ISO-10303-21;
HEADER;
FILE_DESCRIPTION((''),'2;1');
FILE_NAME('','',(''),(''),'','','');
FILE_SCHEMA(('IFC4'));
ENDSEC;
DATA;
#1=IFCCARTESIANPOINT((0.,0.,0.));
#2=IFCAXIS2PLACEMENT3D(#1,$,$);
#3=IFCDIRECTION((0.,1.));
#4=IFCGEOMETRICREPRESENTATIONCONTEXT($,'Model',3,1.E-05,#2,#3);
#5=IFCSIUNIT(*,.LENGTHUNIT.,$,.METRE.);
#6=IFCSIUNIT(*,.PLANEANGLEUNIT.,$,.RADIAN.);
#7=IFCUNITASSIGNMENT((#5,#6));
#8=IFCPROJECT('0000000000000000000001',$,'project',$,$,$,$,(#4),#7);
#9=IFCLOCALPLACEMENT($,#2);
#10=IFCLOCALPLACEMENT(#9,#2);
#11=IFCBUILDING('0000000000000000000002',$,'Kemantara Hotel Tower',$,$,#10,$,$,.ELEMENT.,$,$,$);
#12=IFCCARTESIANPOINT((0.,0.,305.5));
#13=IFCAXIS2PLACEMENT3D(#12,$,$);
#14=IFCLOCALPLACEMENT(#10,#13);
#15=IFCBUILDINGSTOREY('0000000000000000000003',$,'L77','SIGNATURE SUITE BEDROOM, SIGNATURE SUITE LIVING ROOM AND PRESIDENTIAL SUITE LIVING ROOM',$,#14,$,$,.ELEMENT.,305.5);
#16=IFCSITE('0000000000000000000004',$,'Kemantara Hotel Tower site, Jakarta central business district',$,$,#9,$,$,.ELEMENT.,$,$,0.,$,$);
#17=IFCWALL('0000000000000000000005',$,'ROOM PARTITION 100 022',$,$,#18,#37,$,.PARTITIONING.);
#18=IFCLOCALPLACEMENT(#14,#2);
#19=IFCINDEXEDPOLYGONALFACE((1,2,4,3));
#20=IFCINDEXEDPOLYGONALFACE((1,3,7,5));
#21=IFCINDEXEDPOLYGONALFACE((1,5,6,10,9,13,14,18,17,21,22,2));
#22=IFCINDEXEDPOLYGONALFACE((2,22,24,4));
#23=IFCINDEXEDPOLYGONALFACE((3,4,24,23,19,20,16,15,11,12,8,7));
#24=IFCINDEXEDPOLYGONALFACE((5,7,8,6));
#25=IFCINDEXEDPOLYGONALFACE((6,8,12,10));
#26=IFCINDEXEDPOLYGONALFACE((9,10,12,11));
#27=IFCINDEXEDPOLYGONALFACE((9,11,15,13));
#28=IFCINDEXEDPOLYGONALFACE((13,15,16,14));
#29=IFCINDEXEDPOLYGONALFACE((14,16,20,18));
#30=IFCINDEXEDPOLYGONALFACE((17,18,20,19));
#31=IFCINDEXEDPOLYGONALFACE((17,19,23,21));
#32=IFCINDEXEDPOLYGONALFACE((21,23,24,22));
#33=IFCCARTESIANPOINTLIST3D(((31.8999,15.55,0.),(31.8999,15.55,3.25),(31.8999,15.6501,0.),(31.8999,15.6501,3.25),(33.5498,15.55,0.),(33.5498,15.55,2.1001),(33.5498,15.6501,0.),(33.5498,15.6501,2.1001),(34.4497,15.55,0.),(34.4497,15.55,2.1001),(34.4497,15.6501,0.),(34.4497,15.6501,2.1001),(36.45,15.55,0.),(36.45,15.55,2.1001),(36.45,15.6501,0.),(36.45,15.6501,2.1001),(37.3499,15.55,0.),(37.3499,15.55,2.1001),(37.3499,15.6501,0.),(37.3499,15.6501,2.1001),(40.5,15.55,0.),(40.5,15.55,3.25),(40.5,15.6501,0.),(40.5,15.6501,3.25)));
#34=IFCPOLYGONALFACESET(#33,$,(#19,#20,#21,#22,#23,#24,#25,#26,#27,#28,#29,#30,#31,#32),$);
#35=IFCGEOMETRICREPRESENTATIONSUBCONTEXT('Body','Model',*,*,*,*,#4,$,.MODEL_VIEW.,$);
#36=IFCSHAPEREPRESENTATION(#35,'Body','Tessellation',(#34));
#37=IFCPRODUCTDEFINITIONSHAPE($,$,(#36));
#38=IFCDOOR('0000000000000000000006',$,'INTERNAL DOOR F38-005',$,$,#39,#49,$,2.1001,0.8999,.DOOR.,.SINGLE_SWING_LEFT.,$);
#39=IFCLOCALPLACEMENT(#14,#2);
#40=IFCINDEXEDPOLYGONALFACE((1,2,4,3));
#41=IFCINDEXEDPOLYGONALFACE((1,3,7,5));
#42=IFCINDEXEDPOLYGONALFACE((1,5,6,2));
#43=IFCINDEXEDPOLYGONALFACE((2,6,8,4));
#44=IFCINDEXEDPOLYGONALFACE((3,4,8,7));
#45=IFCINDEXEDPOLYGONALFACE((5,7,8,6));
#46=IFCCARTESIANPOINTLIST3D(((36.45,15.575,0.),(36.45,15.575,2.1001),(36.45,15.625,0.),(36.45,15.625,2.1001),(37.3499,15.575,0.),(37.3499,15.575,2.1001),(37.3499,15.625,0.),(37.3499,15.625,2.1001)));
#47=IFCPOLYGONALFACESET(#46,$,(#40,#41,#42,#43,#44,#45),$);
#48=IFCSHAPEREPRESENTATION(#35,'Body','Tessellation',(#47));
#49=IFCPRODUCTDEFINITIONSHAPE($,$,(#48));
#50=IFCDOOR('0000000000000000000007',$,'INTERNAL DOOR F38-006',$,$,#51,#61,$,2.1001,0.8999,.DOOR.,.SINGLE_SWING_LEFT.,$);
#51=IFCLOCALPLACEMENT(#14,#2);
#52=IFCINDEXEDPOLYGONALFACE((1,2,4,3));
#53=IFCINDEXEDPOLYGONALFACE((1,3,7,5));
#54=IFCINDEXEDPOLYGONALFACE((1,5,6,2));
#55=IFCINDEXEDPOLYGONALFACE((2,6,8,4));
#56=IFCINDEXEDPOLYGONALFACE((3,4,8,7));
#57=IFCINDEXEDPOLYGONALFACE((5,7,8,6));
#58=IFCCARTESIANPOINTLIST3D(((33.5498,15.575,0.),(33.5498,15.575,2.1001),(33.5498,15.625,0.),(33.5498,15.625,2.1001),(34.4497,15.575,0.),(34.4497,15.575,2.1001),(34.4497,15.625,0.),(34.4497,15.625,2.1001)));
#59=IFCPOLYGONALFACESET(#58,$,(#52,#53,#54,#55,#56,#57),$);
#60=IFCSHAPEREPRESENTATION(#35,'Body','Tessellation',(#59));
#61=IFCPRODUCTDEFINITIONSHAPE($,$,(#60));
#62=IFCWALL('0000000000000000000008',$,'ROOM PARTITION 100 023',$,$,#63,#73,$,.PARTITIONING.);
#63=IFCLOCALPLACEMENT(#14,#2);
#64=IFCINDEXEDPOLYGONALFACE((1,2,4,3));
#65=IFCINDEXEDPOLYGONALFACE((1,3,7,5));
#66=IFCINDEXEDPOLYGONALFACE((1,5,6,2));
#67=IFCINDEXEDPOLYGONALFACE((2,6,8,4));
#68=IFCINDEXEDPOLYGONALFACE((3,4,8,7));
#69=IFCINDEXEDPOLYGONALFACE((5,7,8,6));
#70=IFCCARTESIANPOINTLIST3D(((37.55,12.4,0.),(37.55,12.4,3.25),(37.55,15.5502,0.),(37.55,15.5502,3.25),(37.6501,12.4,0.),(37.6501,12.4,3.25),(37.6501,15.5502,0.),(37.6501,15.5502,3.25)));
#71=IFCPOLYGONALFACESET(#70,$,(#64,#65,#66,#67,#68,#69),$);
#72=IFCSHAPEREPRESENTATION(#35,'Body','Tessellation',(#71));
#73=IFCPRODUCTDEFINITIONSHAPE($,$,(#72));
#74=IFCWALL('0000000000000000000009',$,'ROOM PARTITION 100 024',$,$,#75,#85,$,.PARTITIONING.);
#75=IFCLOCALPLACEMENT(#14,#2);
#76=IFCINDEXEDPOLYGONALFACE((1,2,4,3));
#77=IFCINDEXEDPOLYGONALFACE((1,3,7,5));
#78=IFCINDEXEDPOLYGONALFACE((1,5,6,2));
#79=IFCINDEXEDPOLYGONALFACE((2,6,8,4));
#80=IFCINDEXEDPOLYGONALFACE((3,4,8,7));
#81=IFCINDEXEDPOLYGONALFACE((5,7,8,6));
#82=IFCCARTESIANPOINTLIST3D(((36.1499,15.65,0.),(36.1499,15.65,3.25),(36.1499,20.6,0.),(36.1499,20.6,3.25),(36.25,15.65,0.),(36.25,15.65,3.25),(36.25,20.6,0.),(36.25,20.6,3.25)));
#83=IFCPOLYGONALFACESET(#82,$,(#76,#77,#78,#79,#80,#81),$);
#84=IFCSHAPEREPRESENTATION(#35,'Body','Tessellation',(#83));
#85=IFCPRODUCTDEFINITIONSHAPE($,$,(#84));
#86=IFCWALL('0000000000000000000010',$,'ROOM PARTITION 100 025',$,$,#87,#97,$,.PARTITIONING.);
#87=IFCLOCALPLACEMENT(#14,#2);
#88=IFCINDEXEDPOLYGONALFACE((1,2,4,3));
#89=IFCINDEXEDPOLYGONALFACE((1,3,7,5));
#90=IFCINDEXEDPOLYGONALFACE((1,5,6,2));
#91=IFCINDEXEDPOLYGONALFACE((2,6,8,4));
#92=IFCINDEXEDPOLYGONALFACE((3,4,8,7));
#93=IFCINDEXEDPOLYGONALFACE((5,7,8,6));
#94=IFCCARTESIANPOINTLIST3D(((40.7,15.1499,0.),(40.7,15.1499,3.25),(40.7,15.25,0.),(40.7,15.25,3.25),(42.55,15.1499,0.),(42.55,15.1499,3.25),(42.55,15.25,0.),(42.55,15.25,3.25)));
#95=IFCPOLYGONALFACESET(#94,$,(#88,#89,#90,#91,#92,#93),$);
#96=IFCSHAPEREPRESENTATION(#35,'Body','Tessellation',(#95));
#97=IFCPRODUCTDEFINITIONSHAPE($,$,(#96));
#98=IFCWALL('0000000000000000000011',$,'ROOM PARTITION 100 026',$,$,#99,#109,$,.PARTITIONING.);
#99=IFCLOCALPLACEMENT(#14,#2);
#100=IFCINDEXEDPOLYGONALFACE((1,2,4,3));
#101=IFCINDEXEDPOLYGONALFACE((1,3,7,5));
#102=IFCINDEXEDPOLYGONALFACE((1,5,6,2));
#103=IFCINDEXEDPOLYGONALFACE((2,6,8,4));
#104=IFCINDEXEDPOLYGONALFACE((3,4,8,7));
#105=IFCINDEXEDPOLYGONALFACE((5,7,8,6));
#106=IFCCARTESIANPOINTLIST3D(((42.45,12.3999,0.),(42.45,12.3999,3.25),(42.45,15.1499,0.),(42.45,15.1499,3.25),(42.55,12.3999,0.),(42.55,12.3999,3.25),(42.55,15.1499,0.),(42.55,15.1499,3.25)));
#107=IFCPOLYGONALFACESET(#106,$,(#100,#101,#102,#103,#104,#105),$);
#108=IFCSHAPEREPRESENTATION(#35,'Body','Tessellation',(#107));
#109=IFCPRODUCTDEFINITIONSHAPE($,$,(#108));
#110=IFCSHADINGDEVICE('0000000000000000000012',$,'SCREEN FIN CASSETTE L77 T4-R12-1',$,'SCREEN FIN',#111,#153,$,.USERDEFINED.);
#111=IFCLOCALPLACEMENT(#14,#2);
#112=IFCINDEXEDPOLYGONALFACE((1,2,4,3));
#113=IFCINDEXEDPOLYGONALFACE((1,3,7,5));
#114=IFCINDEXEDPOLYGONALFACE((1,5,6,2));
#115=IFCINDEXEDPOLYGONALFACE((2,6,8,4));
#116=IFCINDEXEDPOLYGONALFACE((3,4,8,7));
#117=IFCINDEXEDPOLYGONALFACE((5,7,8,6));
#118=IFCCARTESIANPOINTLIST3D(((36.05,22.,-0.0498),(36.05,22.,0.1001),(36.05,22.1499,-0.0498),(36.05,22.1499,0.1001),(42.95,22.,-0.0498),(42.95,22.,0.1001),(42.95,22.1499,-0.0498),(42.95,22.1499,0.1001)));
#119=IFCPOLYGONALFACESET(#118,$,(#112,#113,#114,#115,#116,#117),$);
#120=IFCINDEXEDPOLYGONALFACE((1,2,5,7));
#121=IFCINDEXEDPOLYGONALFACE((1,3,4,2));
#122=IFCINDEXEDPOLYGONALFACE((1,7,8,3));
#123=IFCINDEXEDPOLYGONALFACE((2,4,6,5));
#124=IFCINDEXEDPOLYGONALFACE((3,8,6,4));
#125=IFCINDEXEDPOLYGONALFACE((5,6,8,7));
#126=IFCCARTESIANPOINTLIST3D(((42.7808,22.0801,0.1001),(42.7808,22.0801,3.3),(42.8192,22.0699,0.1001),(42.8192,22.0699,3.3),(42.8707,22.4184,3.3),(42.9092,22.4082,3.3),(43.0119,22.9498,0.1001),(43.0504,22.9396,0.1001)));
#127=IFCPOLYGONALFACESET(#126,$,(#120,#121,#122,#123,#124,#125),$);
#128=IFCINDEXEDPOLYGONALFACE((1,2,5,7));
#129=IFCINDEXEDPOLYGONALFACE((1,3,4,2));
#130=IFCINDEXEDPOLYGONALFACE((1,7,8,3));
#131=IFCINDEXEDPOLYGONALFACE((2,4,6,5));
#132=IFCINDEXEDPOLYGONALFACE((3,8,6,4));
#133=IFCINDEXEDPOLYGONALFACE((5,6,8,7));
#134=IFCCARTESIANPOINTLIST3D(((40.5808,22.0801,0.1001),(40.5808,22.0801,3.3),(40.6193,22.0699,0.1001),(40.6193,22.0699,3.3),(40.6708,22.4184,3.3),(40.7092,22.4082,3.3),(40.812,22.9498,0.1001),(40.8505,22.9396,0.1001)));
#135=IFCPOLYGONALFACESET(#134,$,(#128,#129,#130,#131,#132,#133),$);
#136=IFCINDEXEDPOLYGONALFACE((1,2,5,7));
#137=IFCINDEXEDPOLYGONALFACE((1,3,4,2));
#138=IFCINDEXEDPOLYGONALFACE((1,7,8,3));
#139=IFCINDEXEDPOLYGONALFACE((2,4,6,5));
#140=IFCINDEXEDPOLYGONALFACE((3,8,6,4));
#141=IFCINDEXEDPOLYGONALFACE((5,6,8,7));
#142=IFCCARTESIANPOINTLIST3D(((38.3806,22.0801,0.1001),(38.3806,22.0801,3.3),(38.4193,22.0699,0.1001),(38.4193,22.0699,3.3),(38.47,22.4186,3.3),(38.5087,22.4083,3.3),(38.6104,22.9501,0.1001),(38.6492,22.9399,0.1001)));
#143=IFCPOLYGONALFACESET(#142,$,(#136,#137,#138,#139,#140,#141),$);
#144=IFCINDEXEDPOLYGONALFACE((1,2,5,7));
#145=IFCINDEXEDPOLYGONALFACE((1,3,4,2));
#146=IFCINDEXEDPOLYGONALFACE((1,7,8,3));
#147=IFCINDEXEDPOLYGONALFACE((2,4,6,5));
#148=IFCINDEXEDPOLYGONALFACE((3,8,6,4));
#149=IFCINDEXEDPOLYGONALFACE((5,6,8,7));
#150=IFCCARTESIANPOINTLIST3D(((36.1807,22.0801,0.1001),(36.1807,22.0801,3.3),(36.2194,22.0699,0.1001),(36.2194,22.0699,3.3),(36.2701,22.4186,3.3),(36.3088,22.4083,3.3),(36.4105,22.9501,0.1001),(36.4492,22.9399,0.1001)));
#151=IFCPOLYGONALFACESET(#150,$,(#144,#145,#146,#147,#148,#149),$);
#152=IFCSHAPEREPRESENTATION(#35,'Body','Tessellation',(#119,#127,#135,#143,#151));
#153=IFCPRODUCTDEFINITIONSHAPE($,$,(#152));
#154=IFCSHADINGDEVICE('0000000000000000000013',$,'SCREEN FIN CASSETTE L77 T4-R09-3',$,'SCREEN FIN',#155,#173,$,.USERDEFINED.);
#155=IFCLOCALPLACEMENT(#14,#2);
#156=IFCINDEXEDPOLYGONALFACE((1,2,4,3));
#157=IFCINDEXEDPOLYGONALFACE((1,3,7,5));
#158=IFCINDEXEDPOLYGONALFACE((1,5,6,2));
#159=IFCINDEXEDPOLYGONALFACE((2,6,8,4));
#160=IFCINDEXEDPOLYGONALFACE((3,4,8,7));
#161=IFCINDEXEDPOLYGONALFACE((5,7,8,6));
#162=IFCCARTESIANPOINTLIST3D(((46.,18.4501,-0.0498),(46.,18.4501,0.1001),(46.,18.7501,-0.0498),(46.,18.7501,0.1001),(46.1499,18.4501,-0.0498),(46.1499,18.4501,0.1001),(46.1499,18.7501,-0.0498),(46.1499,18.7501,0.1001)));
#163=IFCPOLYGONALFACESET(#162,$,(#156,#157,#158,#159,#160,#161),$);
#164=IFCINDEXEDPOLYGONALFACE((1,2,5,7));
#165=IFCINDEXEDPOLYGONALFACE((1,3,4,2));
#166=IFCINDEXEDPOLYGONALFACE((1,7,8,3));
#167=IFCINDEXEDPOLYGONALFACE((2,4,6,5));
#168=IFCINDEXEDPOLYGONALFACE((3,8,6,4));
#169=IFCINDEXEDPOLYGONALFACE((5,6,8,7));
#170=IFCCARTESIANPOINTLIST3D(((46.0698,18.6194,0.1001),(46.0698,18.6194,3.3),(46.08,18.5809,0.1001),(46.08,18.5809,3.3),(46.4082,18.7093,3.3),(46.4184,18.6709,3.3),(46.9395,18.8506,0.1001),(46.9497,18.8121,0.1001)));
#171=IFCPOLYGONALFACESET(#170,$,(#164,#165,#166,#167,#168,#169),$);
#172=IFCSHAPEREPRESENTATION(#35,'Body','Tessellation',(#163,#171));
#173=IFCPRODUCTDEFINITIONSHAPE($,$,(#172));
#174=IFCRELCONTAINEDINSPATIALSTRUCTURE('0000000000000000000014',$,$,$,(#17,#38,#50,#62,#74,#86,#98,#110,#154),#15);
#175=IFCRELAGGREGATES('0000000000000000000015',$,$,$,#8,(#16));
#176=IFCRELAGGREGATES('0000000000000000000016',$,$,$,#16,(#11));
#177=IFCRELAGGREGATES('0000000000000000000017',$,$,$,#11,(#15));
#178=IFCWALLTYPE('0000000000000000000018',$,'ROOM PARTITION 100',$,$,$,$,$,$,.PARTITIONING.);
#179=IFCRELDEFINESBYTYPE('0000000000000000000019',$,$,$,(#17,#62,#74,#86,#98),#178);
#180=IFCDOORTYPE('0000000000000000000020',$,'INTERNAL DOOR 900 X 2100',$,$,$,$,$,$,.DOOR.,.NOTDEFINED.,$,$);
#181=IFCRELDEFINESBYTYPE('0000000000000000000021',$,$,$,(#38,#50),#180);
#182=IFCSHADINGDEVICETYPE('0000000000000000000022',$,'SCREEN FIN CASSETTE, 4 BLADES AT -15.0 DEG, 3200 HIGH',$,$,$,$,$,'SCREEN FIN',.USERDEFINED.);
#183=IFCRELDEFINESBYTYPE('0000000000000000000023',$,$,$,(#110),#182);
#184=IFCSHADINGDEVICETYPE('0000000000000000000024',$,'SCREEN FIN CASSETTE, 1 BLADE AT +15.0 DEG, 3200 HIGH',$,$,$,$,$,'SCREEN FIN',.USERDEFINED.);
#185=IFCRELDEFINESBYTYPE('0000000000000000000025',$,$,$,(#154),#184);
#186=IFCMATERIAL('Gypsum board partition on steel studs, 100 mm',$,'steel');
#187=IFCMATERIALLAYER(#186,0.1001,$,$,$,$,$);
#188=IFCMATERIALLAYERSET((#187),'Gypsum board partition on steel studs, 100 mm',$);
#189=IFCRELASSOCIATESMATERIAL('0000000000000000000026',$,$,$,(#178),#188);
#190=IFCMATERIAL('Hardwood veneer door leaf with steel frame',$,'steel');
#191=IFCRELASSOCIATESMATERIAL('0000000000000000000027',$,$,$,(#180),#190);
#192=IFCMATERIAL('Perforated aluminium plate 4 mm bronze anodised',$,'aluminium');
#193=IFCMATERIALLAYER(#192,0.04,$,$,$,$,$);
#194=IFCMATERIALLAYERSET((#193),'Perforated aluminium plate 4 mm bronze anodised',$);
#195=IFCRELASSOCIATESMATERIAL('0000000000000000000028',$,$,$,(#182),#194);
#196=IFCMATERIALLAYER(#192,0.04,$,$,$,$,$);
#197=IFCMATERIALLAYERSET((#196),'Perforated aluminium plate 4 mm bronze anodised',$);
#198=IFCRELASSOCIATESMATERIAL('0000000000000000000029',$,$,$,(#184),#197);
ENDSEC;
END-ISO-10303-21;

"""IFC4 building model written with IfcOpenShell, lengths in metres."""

from ifc_helpers import new_model, si_unit, direction, frame, frame_2d, origin, origin_2d, place, context, subcontext, project, spatial, polyline, rectangle, outline, extrude, source, transform, mapped, material, layer, layer_set, type_object, element, fill, save


model = new_model("IFC4")

# Units and contexts
model_context = context("Model", 3, precision=1e-05, world=origin(), true_north=direction((0.0, 1.0)))
body_context = subcontext(model_context, "Body", "Model", "MODEL_VIEW")
ifc_project = project(units=[si_unit("LENGTHUNIT", "METRE"), si_unit("PLANEANGLEUNIT", "RADIAN")], contexts=[model_context])

# Site, building, storey
site_placement = place(None, origin())
site = spatial("IfcSite", under=ifc_project, at=site_placement, Name="Kemantara Hotel Tower site, Jakarta central business district", CompositionType="ELEMENT", RefElevation=0.0)
building_placement = place(site_placement, origin())
building = spatial("IfcBuilding", under=site, at=building_placement, Name="Kemantara Hotel Tower", CompositionType="ELEMENT")
storey_placement = place(building_placement, frame((0.0, 0.0, 305.5)))
storey = spatial("IfcBuildingStorey", under=building, at=storey_placement, Name="L77", Description="SIGNATURE SUITE BEDROOM, SIGNATURE SUITE LIVING ROOM AND PRESIDENTIAL SUITE LIVING ROOM", CompositionType="ELEMENT", Elevation=305.5)

# Wall, openings, doors
ifc_material_1 = material(Name="Gypsum board partition on steel studs, 100 mm", Category="steel")
ifc_layer_1 = layer(ifc_material_1, 0.1001)
ifc_layer_set_1 = layer_set([ifc_layer_1], Name="Gypsum board partition on steel studs, 100 mm")
wall_type_1 = type_object("IfcWallType", Name="ROOM PARTITION 100", PredefinedType="PARTITIONING", material=ifc_layer_set_1)
wall_1_placement = place(storey_placement, frame((31.8999, 15.6001, 0.0), z_axis=(0.0, 0.0, 1.0), x_axis=(1.0, 0.0, 0.0)))
wall_1 = element("IfcWall", 1, at=wall_1_placement, inside=storey, type_object=wall_type_1, Name="ROOM PARTITION 100 022", PredefinedType="PARTITIONING", context=body_context, shape_type="SweptSolid", body=[
    extrude(rectangle(XDim=8.6001, YDim=0.1001, at=frame_2d((4.3, 0.0))), origin(), (0.0, 0.0, 1.0), 3.25),
])
opening_1_placement = place(wall_1_placement, frame((4.55, 0.0, 0.0)))
opening_1 = element("IfcOpeningElement", 2, at=opening_1_placement, cuts=wall_1, PredefinedType="OPENING", context=body_context, shape_type="SweptSolid", body=[
    extrude(rectangle(XDim=0.8999, YDim=2.1001, at=frame_2d((0.45, 1.05))), frame((0.0, 0.0601, 0.0), z_axis=(0.0, -1.0, 0.0), x_axis=(1.0, 0.0, 0.0)), (0.0, 0.0, 1.0), 0.1201),
])
opening_2_placement = place(wall_1_placement, frame((1.6499, 0.0, 0.0)))
opening_2 = element("IfcOpeningElement", 3, at=opening_2_placement, cuts=wall_1, PredefinedType="OPENING", context=body_context, shape_type="SweptSolid", body=[
    extrude(rectangle(XDim=0.8999, YDim=2.1001, at=frame_2d((0.45, 1.05))), frame((0.0, 0.0601, 0.0), z_axis=(0.0, -1.0, 0.0), x_axis=(1.0, 0.0, 0.0)), (0.0, 0.0, 1.0), 0.1201),
])
ifc_material_2 = material(Name="Hardwood veneer door leaf with steel frame", Category="steel")
door_type = type_object("IfcDoorType", Name="INTERNAL DOOR 900 X 2100", OperationType="NOTDEFINED", PredefinedType="DOOR", material=ifc_material_2)
door_1_placement = place(opening_1_placement, origin())
door_1 = element("IfcDoor", 4, at=door_1_placement, inside=storey, type_object=door_type, Name="INTERNAL DOOR F38-005", OperationType="SINGLE_SWING_LEFT", OverallHeight=2.1001, OverallWidth=0.8999, PredefinedType="DOOR", context=body_context, shape_type="SweptSolid", body=[
    extrude(rectangle(XDim=0.8999, YDim=2.1001, at=frame_2d((0.45, 1.05))), frame((0.0, 0.0249, 0.0), z_axis=(0.0, -1.0, 0.0), x_axis=(1.0, 0.0, 0.0)), (0.0, 0.0, 1.0), 0.05),
])
fill(opening_1, door_1)
door_2_placement = place(opening_2_placement, origin())
door_2 = element("IfcDoor", 5, at=door_2_placement, inside=storey, type_object=door_type, Name="INTERNAL DOOR F38-006", OperationType="SINGLE_SWING_LEFT", OverallHeight=2.1001, OverallWidth=0.8999, PredefinedType="DOOR", context=body_context, shape_type="SweptSolid", body=[
    extrude(rectangle(XDim=0.8999, YDim=2.1001, at=frame_2d((0.45, 1.05))), frame((0.0, 0.0249, 0.0), z_axis=(0.0, -1.0, 0.0), x_axis=(1.0, 0.0, 0.0)), (0.0, 0.0, 1.0), 0.05),
])
fill(opening_2, door_2)

# Walls
wall_2_placement = place(storey_placement, frame((37.6001, 12.3999, 0.0), z_axis=(0.0, 0.0, 1.0), x_axis=(0.0, 1.0, 0.0)))
element("IfcWall", 6, at=wall_2_placement, inside=storey, type_object=wall_type_1, Name="ROOM PARTITION 100 023", PredefinedType="PARTITIONING", context=body_context, shape_type="SweptSolid", body=[
    extrude(rectangle(XDim=3.1501, YDim=0.1001, at=frame_2d((1.5752, 0.0))), origin(), (0.0, 0.0, 1.0), 3.25),
])
wall_3_placement = place(storey_placement, frame((36.2, 15.6499, 0.0), z_axis=(0.0, 0.0, 1.0), x_axis=(0.0, 1.0, 0.0)))
element("IfcWall", 7, at=wall_3_placement, inside=storey, type_object=wall_type_1, Name="ROOM PARTITION 100 024", PredefinedType="PARTITIONING", context=body_context, shape_type="SweptSolid", body=[
    extrude(rectangle(XDim=4.95, YDim=0.1001, at=frame_2d((2.4751, 0.0))), origin(), (0.0, 0.0, 1.0), 3.25),
])
wall_4_placement = place(storey_placement, frame((40.7, 15.2, 0.0), z_axis=(0.0, 0.0, 1.0), x_axis=(1.0, 0.0, 0.0)))
element("IfcWall", 8, at=wall_4_placement, inside=storey, type_object=wall_type_1, Name="ROOM PARTITION 100 025", PredefinedType="PARTITIONING", context=body_context, shape_type="SweptSolid", body=[
    extrude(rectangle(XDim=1.8501, YDim=0.1001, at=frame_2d((0.925, 0.0))), origin(), (0.0, 0.0, 1.0), 3.25),
])
wall_5_placement = place(storey_placement, frame((42.5, 12.3999, 0.0), z_axis=(0.0, 0.0, 1.0), x_axis=(0.0, 1.0, 0.0)))
element("IfcWall", 9, at=wall_5_placement, inside=storey, type_object=wall_type_1, Name="ROOM PARTITION 100 026", PredefinedType="PARTITIONING", context=body_context, shape_type="SweptSolid", body=[
    extrude(rectangle(XDim=2.75, YDim=0.1001, at=frame_2d((1.375, 0.0))), origin(), (0.0, 0.0, 1.0), 3.25),
])

# Shading devices
ifc_material_3 = material(Name="Perforated aluminium plate 4 mm bronze anodised", Category="aluminium")
ifc_layer_2 = layer(ifc_material_3, 0.04)
ifc_layer_set_2 = layer_set([ifc_layer_2], Name="Perforated aluminium plate 4 mm bronze anodised")
shading_device_type_1 = type_object("IfcShadingDeviceType", Name="SCREEN FIN CASSETTE, 4 BLADES AT -15.0 DEG, 3200 HIGH", ElementType="SCREEN FIN", PredefinedType="USERDEFINED", material=ifc_layer_set_2)
shared_shape_1 = source(origin(), body_context, "Body", "SweptSolid", [
    extrude(rectangle(XDim=6.8999, YDim=0.1499, at=origin_2d()), frame((3.3, -0.075, -0.1499), z_axis=(0.0, 0.0, 1.0), x_axis=(1.0, 0.0, 0.0)), (0.0, 0.0, 1.0), 0.1499),
    extrude(outline(polyline([(0.0, 0.0), (0.8999, 0.0), (0.3501, 3.2), (0.0, 3.2), (0.0, 0.0)])), frame((0.0193, -0.0801, 0.0), z_axis=(-0.966438, 0.256901, 0.0), x_axis=(-0.256901, -0.966438, 0.0)), (0.0, 0.0, 1.0), 0.0398),
    extrude(outline(polyline([(0.0, 0.0), (0.8999, 0.0), (0.3501, 3.2), (0.0, 3.2), (0.0, 0.0)])), frame((2.2192, -0.0801, 0.0), z_axis=(-0.966438, 0.256901, 0.0), x_axis=(-0.256901, -0.966438, 0.0)), (0.0, 0.0, 1.0), 0.0398),
    extrude(outline(polyline([(0.0, 0.0), (0.8999, 0.0), (0.3501, 3.2), (0.0, 3.2), (0.0, 0.0)])), frame((4.4194, -0.0801, 0.0), z_axis=(-0.966838, 0.255391, 0.0), x_axis=(-0.255391, -0.966838, 0.0)), (0.0, 0.0, 1.0), 0.04),
    extrude(outline(polyline([(0.0, 0.0), (0.8999, 0.0), (0.3501, 3.2), (0.0, 3.2), (0.0, 0.0)])), frame((6.6194, -0.0801, 0.0), z_axis=(-0.966838, 0.255391, 0.0), x_axis=(-0.255391, -0.966838, 0.0)), (0.0, 0.0, 1.0), 0.04),
])
shading_device_1_placement = place(storey_placement, frame((42.8, 22.0, 0.1001), z_axis=(0.0, 0.0, 1.0), x_axis=(-1.0, 0.0, 0.0)))
element("IfcShadingDevice", 10, at=shading_device_1_placement, inside=storey, type_object=shading_device_type_1, Name="SCREEN FIN CASSETTE L77 T4-R12-1", ObjectType="SCREEN FIN", PredefinedType="USERDEFINED", context=body_context, shape_type="MappedRepresentation", body=[
    mapped(shared_shape_1, transform((0.0, 0.0, 0.0))),
])
ifc_layer_3 = layer(ifc_material_3, 0.04)
ifc_layer_set_3 = layer_set([ifc_layer_3], Name="Perforated aluminium plate 4 mm bronze anodised")
shading_device_type_2 = type_object("IfcShadingDeviceType", Name="SCREEN FIN CASSETTE, 1 BLADE AT +15.0 DEG, 3200 HIGH", ElementType="SCREEN FIN", PredefinedType="USERDEFINED", material=ifc_layer_set_3)
shared_shape_2 = source(origin(), body_context, "Body", "SweptSolid", [
    extrude(rectangle(XDim=0.3, YDim=0.1499, at=origin_2d()), frame((0.0, -0.075, -0.1499), z_axis=(0.0, 0.0, 1.0), x_axis=(1.0, 0.0, 0.0)), (0.0, 0.0, 1.0), 0.1499),
    extrude(outline(polyline([(0.0, 0.0), (0.8999, 0.0), (0.3501, 3.2), (0.0, 3.2), (0.0, 0.0)])), frame((0.0193, -0.0698, 0.0), z_axis=(-0.966438, -0.256901, 0.0), x_axis=(0.256901, -0.966438, 0.0)), (0.0, 0.0, 1.0), 0.0398),
])
shading_device_2_placement = place(storey_placement, frame((46.0, 18.6001, 0.1001), z_axis=(0.0, 0.0, 1.0), x_axis=(0.0, 1.0, 0.0)))
element("IfcShadingDevice", 11, at=shading_device_2_placement, inside=storey, type_object=shading_device_type_2, Name="SCREEN FIN CASSETTE L77 T4-R09-3", ObjectType="SCREEN FIN", PredefinedType="USERDEFINED", context=body_context, shape_type="MappedRepresentation", body=[
    mapped(shared_shape_2, transform((0.0, 0.0, 0.0))),
])

save(model, "model.ifc")
